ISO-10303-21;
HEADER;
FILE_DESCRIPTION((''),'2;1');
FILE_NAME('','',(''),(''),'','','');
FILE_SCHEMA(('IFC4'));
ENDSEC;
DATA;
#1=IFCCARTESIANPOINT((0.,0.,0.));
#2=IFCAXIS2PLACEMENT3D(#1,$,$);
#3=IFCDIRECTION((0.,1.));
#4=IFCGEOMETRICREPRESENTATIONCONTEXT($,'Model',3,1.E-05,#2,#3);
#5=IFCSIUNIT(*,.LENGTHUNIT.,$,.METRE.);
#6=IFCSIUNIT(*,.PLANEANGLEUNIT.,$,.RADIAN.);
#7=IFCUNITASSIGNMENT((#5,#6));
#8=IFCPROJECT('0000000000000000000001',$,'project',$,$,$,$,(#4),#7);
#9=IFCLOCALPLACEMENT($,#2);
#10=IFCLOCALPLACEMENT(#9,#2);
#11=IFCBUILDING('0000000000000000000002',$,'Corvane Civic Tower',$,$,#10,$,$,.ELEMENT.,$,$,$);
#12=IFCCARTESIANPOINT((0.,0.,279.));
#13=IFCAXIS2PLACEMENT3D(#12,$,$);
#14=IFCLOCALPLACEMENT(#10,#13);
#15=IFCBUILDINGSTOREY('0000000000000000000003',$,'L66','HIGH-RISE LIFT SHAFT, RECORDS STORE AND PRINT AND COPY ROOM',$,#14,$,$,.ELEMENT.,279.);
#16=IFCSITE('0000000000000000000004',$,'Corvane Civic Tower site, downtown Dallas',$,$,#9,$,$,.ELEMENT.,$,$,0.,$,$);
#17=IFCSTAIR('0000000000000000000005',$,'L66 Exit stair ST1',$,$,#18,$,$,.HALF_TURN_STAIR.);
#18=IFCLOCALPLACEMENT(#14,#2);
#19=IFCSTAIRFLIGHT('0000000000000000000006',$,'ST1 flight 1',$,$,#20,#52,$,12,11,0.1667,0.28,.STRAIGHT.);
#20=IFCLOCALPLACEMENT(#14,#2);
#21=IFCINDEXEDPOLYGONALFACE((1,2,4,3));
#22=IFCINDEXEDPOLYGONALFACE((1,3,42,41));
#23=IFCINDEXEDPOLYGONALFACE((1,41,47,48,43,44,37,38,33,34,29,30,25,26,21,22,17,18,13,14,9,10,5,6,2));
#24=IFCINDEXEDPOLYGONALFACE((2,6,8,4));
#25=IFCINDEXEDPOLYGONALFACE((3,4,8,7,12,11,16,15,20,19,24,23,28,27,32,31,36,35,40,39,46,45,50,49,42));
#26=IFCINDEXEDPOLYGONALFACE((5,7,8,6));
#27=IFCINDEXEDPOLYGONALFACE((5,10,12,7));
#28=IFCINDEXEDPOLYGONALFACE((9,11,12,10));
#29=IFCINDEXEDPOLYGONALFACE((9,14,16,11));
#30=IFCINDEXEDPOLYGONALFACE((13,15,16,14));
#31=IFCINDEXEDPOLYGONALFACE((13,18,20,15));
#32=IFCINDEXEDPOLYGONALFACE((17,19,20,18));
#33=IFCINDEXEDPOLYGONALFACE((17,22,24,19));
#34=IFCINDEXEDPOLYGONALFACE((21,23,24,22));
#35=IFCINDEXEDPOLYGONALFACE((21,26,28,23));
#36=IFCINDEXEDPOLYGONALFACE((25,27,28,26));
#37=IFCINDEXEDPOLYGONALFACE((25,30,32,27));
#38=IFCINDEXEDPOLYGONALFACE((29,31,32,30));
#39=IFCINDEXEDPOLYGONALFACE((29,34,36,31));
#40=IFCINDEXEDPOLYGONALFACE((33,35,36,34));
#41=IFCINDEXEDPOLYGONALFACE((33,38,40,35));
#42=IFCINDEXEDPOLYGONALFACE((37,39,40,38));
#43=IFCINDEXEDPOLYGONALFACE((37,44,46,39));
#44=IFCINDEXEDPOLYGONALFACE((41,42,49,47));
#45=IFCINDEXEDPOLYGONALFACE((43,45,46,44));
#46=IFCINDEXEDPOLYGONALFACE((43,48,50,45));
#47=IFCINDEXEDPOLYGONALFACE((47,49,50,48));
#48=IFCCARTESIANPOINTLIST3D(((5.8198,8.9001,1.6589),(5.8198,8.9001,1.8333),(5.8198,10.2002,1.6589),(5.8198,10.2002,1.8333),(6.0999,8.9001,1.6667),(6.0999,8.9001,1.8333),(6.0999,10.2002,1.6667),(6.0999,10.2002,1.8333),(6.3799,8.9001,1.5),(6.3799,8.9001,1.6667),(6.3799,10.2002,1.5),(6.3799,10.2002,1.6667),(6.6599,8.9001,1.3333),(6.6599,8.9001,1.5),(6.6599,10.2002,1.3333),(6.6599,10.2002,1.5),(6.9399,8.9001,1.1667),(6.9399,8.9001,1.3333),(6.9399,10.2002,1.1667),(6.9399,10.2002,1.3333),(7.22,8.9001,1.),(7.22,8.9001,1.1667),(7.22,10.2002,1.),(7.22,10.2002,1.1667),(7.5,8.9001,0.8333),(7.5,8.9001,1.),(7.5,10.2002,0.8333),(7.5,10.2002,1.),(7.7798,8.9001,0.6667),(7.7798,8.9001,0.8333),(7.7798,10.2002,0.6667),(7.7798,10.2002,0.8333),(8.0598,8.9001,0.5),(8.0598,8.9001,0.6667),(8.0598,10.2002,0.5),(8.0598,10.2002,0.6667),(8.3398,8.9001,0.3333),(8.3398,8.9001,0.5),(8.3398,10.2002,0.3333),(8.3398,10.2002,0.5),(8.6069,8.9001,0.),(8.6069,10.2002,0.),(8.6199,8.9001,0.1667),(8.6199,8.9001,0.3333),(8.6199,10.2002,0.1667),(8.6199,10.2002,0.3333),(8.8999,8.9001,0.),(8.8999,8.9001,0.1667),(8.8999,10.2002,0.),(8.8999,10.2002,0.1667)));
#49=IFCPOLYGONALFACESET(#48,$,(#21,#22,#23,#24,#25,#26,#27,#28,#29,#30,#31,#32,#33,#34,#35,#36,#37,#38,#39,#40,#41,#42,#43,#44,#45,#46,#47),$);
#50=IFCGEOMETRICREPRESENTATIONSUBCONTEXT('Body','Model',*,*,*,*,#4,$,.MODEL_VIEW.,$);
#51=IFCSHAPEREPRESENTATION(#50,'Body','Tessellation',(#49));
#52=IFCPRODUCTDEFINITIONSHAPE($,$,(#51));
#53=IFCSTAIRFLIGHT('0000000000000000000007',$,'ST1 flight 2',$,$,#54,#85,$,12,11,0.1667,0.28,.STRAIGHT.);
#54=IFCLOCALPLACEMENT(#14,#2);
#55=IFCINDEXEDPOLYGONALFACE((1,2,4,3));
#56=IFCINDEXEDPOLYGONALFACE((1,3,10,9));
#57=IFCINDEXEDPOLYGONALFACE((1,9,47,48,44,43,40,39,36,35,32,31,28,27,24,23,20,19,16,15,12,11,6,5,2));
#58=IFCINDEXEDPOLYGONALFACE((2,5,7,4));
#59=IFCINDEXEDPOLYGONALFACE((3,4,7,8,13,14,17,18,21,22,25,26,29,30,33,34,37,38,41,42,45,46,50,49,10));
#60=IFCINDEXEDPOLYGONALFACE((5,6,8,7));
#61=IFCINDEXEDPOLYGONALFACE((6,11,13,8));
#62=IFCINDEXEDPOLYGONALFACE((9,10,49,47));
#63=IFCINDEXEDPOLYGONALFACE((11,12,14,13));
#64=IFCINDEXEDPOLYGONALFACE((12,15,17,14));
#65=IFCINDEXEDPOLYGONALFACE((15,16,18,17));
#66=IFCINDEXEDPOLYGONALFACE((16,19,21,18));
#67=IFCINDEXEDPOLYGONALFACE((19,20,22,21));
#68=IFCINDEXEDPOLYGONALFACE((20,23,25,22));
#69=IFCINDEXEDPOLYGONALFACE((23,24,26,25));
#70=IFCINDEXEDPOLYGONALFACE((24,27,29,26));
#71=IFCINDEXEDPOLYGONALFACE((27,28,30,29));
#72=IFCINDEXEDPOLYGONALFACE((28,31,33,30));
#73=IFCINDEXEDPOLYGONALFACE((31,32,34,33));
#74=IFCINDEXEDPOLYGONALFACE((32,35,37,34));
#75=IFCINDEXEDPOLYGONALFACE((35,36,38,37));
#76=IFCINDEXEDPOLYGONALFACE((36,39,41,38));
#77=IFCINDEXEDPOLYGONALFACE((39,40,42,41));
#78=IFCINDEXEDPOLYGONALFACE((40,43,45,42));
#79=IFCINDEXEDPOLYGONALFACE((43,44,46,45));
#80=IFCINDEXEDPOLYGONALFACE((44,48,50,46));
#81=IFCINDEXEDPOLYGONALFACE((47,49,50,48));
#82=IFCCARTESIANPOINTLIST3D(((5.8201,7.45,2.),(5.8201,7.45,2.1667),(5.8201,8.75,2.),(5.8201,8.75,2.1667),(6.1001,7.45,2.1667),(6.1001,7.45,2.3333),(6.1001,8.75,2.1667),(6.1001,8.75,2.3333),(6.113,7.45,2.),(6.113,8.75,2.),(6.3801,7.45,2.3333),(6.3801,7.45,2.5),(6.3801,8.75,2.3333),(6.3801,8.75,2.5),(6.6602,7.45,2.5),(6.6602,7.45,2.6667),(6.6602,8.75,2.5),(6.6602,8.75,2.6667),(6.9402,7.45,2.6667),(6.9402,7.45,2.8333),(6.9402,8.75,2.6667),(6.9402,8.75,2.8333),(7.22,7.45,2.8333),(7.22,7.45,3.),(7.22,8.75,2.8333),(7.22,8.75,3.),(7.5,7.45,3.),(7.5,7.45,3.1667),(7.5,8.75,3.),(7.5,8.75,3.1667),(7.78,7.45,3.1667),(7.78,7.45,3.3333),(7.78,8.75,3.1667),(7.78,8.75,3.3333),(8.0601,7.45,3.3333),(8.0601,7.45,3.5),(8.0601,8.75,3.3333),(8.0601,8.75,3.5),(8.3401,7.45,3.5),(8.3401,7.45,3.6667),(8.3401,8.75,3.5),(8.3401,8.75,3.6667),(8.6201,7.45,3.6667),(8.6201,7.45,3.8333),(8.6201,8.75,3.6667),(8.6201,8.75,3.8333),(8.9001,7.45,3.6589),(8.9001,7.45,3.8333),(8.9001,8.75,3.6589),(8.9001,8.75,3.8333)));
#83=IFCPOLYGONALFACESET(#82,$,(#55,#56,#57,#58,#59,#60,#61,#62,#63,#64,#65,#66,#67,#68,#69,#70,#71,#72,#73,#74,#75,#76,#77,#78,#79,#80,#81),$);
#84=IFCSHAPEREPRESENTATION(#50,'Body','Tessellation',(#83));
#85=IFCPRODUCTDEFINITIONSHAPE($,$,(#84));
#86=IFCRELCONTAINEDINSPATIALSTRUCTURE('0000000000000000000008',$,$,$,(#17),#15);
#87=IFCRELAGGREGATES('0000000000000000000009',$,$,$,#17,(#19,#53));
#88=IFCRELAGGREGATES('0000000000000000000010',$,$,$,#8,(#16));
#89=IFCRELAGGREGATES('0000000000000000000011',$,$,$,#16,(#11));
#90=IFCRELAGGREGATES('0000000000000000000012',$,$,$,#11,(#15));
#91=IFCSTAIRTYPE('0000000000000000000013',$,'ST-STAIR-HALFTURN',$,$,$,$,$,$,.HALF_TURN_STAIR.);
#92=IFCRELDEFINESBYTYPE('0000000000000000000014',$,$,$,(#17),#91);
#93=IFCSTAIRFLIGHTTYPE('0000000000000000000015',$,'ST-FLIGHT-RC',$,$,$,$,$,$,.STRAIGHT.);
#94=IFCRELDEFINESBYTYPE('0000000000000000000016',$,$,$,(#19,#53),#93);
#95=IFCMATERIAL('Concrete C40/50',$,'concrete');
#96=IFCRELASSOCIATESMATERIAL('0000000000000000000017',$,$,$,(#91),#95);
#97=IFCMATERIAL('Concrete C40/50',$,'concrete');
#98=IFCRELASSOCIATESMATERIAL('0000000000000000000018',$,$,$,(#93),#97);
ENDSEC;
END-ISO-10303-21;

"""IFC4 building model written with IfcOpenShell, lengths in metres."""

from ifc_helpers import new_model, si_unit, direction, frame, origin, place, context, subcontext, project, spatial, polyline, outline, extrude, material, type_object, element, aggregate, save


model = new_model("IFC4")

# Units and contexts
model_context = context("Model", 3, precision=1e-05, world=origin(), true_north=direction((0.0, 1.0)))
body_context = subcontext(model_context, "Body", "Model", "MODEL_VIEW")
ifc_project = project(units=[si_unit("LENGTHUNIT", "METRE"), si_unit("PLANEANGLEUNIT", "RADIAN")], contexts=[model_context])

# Site, building, storey
site_placement = place(None, origin())
site = spatial("IfcSite", under=ifc_project, at=site_placement, Name="Corvane Civic Tower site, downtown Dallas", CompositionType="ELEMENT", RefElevation=0.0)
building_placement = place(site_placement, origin())
building = spatial("IfcBuilding", under=site, at=building_placement, Name="Corvane Civic Tower", CompositionType="ELEMENT")
storey_placement = place(building_placement, frame((0.0, 0.0, 279.0)))
storey = spatial("IfcBuildingStorey", under=building, at=storey_placement, Name="L66", Description="HIGH-RISE LIFT SHAFT, RECORDS STORE AND PRINT AND COPY ROOM", CompositionType="ELEMENT", Elevation=279.0)

# Stair, stair flights
ifc_material_1 = material(Name="Concrete C40/50", Category="concrete")
stair_type = type_object("IfcStairType", Name="ST-STAIR-HALFTURN", PredefinedType="HALF_TURN_STAIR", material=ifc_material_1)
stair_placement = place(storey_placement, origin())
stair = element("IfcStair", 1, at=stair_placement, inside=storey, type_object=stair_type, Name="L66 Exit stair ST1", PredefinedType="HALF_TURN_STAIR")
ifc_material_2 = material(Name="Concrete C40/50", Category="concrete")
stair_flight_type = type_object("IfcStairFlightType", Name="ST-FLIGHT-RC", PredefinedType="STRAIGHT", material=ifc_material_2)
stair_flight_1_placement = place(storey_placement, frame((8.8999, 9.55, 0.0), z_axis=(0.0, 0.0, 1.0), x_axis=(-1.0, 0.0, 0.0)))
stair_flight_1 = element("IfcStairFlight", 2, at=stair_flight_1_placement, type_object=stair_flight_type, Name="ST1 flight 1", NumberOfRisers=12, NumberOfTreads=11, PredefinedType="STRAIGHT", RiserHeight=0.1667, TreadLength=0.28, context=body_context, shape_type="SweptSolid", body=[
    extrude(outline(polyline([(0.0, 0.0), (0.0, 0.1667), (0.28, 0.1667), (0.28, 0.3333), (0.5601, 0.3333), (0.5601, 0.5), (0.8401, 0.5), (0.8401, 0.6667), (1.1201, 0.6667), (1.1201, 0.8333), (1.3999, 0.8333), (1.3999, 1.0), (1.6799, 1.0), (1.6799, 1.1667), (1.96, 1.1667), (1.96, 1.3333), (2.24, 1.3333), (2.24, 1.5), (2.52, 1.5), (2.52, 1.6667), (2.8, 1.6667), (2.8, 1.8333), (3.0801, 1.8333), (3.0801, 2.0), (3.0801, 1.6589), (0.293, 0.0), (0.0, 0.0)])), frame((0.0, 0.6499, 0.0), z_axis=(0.0, -1.0, 0.0), x_axis=(1.0, 0.0, 0.0)), (0.0, 0.0, 1.0), 1.3),
])
stair_flight_2_placement = place(storey_placement, frame((5.8201, 8.1001, 2.0), z_axis=(0.0, 0.0, 1.0), x_axis=(1.0, 0.0, 0.0)))
stair_flight_2 = element("IfcStairFlight", 3, at=stair_flight_2_placement, type_object=stair_flight_type, Name="ST1 flight 2", NumberOfRisers=12, NumberOfTreads=11, PredefinedType="STRAIGHT", RiserHeight=0.1667, TreadLength=0.28, context=body_context, shape_type="SweptSolid", body=[
    extrude(outline(polyline([(0.0, 0.0), (0.0, 0.1667), (0.28, 0.1667), (0.28, 0.3333), (0.5601, 0.3333), (0.5601, 0.5), (0.8401, 0.5), (0.8401, 0.6667), (1.1201, 0.6667), (1.1201, 0.8333), (1.3999, 0.8333), (1.3999, 1.0), (1.6799, 1.0), (1.6799, 1.1667), (1.96, 1.1667), (1.96, 1.3333), (2.24, 1.3333), (2.24, 1.5), (2.52, 1.5), (2.52, 1.6667), (2.8, 1.6667), (2.8, 1.8333), (3.0801, 1.8333), (3.0801, 2.0), (3.0801, 1.6589), (0.293, 0.0), (0.0, 0.0)])), frame((0.0, 0.6499, 0.0), z_axis=(0.0, -1.0, 0.0), x_axis=(1.0, 0.0, 0.0)), (0.0, 0.0, 1.0), 1.3),
])
aggregate(stair, [stair_flight_1, stair_flight_2])

save(model, "model.ifc")
